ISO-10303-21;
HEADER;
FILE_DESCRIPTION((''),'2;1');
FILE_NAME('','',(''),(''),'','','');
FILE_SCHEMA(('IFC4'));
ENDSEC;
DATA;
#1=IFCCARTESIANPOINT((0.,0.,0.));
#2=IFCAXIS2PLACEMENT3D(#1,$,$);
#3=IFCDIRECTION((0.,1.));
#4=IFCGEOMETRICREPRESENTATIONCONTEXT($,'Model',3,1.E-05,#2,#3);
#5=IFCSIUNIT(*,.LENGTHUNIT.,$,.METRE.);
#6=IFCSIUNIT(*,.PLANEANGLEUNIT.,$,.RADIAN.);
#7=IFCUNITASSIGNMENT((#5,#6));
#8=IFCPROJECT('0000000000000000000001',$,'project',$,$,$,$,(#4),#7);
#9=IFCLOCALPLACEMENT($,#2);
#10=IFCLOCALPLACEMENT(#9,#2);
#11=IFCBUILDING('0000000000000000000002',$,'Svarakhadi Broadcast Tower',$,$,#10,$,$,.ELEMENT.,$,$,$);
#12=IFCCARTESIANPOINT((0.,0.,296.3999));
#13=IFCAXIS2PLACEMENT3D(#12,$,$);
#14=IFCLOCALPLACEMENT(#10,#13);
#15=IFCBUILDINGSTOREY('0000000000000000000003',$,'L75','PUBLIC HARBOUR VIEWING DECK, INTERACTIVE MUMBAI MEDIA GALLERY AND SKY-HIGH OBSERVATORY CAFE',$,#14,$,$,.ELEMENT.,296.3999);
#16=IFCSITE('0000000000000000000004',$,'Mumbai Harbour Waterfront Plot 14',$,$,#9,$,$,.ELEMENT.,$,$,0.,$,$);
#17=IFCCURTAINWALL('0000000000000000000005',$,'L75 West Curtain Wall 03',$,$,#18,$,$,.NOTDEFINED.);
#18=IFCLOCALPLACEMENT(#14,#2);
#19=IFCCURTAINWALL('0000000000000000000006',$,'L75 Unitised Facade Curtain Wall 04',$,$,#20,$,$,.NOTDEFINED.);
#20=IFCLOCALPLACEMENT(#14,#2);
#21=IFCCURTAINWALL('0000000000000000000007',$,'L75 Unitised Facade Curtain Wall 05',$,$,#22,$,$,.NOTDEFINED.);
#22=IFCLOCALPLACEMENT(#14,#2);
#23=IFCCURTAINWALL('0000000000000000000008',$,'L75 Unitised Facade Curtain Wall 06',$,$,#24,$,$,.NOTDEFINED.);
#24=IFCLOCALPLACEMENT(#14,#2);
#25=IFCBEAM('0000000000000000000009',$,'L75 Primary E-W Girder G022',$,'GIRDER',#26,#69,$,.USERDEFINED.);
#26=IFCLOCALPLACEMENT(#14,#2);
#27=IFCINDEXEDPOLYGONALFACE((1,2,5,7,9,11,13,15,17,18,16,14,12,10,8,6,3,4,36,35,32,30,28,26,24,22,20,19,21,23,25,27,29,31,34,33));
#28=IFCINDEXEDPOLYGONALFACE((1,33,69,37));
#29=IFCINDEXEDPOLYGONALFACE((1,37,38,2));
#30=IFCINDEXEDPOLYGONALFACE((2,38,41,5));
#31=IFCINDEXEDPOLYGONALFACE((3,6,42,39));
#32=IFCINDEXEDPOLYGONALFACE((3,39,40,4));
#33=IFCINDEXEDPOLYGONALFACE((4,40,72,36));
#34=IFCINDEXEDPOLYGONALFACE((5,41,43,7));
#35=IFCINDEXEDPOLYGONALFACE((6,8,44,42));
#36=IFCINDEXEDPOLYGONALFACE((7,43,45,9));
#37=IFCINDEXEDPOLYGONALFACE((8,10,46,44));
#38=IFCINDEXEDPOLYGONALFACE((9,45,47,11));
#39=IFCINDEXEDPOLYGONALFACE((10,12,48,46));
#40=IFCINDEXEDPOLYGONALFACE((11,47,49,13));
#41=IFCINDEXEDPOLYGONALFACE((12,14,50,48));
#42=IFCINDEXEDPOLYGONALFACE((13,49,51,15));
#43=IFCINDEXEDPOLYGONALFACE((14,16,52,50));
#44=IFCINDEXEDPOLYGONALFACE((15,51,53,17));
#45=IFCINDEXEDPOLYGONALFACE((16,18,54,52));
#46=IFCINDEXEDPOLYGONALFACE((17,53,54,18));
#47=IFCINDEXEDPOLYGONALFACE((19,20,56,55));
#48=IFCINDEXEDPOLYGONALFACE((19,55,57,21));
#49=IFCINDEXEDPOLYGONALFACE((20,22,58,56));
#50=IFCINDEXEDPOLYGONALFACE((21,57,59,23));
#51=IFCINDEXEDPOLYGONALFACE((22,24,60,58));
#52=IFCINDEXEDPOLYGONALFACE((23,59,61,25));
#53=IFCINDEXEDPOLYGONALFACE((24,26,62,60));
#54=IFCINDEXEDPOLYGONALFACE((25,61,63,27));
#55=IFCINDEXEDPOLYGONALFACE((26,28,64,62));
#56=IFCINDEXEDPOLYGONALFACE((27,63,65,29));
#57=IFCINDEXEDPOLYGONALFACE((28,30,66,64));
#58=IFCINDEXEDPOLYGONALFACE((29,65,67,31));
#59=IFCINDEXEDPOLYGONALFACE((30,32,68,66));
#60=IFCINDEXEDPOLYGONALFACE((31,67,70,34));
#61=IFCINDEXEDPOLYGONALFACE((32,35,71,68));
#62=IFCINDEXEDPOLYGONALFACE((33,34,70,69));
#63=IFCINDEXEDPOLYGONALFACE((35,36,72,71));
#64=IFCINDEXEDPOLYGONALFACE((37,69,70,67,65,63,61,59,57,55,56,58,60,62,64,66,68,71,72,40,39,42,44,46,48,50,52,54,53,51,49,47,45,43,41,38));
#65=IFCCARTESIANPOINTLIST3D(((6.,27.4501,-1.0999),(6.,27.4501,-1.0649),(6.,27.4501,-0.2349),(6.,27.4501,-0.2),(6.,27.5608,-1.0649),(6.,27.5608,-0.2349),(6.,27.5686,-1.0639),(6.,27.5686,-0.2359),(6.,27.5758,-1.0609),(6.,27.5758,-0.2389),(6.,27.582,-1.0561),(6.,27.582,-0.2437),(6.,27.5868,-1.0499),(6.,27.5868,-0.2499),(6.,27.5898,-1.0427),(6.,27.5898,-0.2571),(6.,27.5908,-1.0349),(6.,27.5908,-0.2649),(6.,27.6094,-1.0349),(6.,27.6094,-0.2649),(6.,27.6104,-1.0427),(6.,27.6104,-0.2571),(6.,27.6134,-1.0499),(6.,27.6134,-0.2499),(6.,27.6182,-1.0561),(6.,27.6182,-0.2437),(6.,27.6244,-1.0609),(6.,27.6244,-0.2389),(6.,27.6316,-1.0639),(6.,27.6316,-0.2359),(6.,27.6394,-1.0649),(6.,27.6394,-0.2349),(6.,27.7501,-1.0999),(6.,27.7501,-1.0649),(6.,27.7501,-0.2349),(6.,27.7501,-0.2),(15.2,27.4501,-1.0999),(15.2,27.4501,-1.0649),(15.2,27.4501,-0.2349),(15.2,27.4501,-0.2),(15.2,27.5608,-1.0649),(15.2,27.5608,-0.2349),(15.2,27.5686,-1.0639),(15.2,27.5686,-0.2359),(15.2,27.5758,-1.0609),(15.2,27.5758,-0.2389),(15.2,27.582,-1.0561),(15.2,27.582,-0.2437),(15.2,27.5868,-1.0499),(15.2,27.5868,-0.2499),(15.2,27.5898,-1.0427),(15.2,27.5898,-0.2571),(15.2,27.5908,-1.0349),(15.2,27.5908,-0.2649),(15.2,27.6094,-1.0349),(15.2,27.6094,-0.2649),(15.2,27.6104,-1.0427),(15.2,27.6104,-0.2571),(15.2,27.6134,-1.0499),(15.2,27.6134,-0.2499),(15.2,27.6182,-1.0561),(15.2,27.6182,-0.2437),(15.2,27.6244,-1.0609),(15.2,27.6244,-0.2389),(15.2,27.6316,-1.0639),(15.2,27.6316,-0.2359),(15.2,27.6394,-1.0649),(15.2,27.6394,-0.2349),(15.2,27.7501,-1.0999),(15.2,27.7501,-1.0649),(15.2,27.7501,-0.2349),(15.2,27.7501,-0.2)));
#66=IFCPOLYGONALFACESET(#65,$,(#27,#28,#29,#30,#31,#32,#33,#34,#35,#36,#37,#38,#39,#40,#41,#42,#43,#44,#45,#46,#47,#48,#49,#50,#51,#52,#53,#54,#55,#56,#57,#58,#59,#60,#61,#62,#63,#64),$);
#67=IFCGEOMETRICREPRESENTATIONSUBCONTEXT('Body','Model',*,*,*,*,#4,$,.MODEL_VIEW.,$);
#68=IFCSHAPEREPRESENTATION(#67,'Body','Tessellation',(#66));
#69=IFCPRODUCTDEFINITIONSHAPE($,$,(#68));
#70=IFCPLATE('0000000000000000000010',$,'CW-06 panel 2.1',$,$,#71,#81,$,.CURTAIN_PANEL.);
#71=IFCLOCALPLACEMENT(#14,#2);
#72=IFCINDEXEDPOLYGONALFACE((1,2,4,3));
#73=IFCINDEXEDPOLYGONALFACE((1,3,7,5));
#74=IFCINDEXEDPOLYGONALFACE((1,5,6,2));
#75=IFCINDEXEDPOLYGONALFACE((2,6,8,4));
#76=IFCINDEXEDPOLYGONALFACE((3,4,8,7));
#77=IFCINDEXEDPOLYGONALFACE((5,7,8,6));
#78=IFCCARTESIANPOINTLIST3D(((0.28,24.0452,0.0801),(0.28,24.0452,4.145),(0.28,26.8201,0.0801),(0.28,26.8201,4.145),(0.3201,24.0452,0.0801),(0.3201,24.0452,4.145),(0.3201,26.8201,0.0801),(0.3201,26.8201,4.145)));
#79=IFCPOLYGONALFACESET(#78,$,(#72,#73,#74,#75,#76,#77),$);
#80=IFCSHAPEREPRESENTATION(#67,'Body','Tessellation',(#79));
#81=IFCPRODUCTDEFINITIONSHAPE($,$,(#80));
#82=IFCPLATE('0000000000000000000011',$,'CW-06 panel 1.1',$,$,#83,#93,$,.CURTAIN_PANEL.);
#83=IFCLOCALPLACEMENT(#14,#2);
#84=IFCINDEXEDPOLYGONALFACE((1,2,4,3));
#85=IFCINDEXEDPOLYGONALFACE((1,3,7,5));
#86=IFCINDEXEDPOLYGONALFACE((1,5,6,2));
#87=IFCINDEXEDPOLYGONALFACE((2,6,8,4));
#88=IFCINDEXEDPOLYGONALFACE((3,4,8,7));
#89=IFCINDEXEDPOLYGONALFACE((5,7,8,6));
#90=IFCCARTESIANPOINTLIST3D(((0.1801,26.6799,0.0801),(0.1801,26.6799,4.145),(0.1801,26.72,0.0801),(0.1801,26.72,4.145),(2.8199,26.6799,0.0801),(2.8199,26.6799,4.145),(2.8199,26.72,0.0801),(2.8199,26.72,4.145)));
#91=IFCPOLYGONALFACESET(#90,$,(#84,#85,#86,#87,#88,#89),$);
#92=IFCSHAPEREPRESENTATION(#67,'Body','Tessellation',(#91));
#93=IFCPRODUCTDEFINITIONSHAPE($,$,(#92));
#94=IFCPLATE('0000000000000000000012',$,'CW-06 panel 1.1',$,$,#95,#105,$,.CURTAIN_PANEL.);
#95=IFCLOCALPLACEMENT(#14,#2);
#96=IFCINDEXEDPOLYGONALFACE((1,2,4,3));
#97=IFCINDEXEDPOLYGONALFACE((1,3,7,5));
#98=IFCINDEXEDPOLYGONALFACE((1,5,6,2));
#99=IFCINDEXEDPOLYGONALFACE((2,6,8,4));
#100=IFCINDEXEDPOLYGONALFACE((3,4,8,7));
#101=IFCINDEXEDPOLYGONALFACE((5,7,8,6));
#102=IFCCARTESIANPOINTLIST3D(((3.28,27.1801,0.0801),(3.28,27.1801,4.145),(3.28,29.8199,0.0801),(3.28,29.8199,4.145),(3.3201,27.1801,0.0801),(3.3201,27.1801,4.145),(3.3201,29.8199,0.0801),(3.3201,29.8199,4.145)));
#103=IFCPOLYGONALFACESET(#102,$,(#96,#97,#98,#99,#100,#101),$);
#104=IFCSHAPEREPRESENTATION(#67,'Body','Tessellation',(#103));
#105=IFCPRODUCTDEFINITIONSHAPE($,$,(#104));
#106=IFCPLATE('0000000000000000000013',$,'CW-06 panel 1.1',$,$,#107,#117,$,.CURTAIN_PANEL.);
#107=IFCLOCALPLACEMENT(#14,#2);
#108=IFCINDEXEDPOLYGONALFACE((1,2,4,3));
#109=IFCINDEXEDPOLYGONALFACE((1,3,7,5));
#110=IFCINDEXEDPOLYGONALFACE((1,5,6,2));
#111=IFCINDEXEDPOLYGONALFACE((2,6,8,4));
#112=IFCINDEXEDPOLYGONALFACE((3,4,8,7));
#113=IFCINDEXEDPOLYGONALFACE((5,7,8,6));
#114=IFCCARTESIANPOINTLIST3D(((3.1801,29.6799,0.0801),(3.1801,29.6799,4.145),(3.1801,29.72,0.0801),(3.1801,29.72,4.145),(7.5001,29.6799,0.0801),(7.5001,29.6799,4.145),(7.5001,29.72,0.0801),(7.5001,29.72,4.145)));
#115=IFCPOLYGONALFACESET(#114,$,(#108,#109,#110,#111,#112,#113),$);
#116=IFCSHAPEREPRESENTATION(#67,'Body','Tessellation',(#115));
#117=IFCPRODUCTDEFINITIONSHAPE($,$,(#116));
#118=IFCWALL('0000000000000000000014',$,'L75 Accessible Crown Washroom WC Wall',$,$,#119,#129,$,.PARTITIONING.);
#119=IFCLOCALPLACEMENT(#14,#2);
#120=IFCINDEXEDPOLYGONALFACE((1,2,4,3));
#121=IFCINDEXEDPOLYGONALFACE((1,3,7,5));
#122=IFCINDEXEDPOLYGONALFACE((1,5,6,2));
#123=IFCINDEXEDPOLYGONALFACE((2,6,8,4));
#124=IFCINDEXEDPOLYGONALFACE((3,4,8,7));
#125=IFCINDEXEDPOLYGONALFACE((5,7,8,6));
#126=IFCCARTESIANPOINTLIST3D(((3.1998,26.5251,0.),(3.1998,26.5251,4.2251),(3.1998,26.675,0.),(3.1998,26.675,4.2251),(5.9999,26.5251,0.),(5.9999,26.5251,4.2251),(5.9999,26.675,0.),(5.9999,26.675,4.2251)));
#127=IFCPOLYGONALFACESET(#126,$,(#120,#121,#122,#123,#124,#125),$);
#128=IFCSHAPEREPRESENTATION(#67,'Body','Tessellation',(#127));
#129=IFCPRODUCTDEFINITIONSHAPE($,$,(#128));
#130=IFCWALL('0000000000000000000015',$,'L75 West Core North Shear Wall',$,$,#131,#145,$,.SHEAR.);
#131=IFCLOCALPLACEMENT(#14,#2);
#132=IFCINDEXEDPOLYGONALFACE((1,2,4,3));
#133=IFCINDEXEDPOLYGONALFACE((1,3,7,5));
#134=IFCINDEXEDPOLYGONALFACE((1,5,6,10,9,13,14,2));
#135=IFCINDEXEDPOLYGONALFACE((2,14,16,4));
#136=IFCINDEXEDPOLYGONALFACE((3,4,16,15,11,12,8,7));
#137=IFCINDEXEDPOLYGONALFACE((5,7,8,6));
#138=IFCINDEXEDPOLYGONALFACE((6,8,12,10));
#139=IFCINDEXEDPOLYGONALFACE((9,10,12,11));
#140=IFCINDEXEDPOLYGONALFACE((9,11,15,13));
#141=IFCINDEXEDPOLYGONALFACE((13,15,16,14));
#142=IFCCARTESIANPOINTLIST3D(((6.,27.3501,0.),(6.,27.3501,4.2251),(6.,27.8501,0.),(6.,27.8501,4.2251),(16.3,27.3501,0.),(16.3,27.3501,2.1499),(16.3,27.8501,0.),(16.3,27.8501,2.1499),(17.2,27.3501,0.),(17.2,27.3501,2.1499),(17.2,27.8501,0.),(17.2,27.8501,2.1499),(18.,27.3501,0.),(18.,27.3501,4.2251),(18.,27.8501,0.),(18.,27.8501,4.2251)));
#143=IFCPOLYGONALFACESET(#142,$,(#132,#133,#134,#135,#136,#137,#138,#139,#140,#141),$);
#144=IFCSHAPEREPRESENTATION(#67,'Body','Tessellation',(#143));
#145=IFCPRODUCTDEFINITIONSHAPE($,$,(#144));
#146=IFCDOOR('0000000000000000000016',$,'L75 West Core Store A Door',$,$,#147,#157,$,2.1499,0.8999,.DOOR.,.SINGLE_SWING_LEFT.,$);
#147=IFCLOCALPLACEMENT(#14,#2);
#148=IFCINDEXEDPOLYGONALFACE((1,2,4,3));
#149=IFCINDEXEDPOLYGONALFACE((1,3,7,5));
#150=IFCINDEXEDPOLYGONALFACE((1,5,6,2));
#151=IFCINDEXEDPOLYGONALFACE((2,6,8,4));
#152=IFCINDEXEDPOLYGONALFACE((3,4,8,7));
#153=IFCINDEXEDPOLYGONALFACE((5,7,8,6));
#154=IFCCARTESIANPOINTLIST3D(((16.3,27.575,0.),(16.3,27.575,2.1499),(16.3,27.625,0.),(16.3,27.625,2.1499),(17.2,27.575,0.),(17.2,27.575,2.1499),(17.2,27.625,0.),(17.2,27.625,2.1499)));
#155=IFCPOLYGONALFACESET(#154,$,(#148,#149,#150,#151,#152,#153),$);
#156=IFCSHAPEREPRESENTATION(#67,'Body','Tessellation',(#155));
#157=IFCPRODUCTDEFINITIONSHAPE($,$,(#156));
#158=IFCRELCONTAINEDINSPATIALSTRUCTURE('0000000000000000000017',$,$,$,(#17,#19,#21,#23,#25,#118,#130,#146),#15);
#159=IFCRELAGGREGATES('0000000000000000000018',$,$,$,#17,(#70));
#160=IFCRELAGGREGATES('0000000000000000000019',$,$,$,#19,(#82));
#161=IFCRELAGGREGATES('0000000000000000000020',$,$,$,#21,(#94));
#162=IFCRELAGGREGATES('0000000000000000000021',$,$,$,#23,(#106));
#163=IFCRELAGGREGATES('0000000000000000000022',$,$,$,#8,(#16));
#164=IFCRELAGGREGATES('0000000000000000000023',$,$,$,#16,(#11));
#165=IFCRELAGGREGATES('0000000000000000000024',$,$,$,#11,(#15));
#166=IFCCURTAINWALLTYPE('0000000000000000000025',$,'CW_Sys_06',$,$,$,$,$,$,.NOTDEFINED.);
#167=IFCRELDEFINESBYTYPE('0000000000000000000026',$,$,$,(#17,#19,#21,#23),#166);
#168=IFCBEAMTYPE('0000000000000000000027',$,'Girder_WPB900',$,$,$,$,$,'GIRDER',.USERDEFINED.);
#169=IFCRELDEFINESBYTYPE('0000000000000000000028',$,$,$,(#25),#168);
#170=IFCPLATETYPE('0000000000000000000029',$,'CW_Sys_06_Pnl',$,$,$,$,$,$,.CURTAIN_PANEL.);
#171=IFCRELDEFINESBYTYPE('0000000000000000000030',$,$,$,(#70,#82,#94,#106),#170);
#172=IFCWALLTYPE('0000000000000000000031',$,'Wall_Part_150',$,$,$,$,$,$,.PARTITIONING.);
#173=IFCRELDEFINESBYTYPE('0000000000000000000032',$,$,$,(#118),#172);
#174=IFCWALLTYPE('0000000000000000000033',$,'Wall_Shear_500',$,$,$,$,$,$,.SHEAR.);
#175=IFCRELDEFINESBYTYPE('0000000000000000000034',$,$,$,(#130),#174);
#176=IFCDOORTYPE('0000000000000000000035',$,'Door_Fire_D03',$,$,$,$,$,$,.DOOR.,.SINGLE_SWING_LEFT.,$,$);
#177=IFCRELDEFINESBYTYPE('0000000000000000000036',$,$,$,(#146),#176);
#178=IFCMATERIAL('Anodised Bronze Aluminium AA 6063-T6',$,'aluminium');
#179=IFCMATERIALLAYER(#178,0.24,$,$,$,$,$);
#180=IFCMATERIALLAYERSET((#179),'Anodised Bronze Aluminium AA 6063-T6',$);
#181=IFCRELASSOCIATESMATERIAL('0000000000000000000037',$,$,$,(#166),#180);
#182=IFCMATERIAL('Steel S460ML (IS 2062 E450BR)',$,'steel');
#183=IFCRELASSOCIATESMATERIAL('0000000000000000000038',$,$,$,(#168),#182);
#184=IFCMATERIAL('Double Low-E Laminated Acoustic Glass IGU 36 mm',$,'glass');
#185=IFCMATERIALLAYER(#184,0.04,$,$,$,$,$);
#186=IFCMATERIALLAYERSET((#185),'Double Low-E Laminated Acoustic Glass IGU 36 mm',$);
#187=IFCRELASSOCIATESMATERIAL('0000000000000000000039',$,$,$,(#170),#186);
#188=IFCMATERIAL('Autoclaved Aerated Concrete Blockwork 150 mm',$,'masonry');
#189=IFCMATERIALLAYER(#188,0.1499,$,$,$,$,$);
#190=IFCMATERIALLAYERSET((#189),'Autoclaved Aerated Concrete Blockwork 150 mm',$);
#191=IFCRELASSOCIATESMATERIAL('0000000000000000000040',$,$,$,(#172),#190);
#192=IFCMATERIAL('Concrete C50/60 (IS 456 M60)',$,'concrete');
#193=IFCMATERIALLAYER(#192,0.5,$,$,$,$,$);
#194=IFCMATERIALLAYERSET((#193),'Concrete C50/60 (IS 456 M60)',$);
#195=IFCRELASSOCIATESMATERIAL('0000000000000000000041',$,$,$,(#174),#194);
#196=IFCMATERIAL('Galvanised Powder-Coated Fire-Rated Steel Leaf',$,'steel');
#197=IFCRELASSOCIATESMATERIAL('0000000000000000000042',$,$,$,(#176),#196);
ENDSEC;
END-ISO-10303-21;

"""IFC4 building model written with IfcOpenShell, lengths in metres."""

from ifc_helpers import new_model, si_unit, direction, frame, frame_2d, origin, origin_2d, place, context, subcontext, project, spatial, rectangle, i_section, extrude, material, layer, layer_set, material_profile, profile_set, type_object, element, fill, aggregate, save


model = new_model("IFC4")

# Units and contexts
model_context = context("Model", 3, precision=1e-05, world=origin(), true_north=direction((0.0, 1.0)))
body_context = subcontext(model_context, "Body", "Model", "MODEL_VIEW")
ifc_project = project(units=[si_unit("LENGTHUNIT", "METRE"), si_unit("PLANEANGLEUNIT", "RADIAN")], contexts=[model_context])

# Site, building, storey
site_placement = place(None, origin())
site = spatial("IfcSite", under=ifc_project, at=site_placement, Name="Mumbai Harbour Waterfront Plot 14", CompositionType="ELEMENT", RefElevation=0.0)
building_placement = place(site_placement, origin())
building = spatial("IfcBuilding", under=site, at=building_placement, Name="Svarakhadi Broadcast Tower", CompositionType="ELEMENT")
storey_placement = place(building_placement, frame((0.0, 0.0, 296.3999)))
storey = spatial("IfcBuildingStorey", under=building, at=storey_placement, Name="L75", Description="PUBLIC HARBOUR VIEWING DECK, INTERACTIVE MUMBAI MEDIA GALLERY AND SKY-HIGH OBSERVATORY CAFE", CompositionType="ELEMENT", Elevation=296.3999)

# Shared definitions
ifc_material_1 = material(Name="Concrete C50/60 (IS 456 M60)", Category="concrete")
ifc_material_2 = material(Name="Steel S460ML (IS 2062 E450BR)", Category="steel")

# Curtain wall
ifc_material_3 = material(Name="Anodised Bronze Aluminium AA 6063-T6", Category="aluminium")
ifc_layer_1 = layer(ifc_material_3, 0.24)
ifc_layer_set_1 = layer_set([ifc_layer_1], Name="Anodised Bronze Aluminium AA 6063-T6")
curtain_wall_type = type_object("IfcCurtainWallType", Name="CW_Sys_06", PredefinedType="NOTDEFINED", material=ifc_layer_set_1)
curtain_wall_1_placement = place(storey_placement, origin())
curtain_wall_1 = element("IfcCurtainWall", 1, at=curtain_wall_1_placement, inside=storey, type_object=curtain_wall_type, Name="L75 West Curtain Wall 03", PredefinedType="NOTDEFINED")

# Curtain walls
curtain_wall_2_placement = place(storey_placement, origin())
curtain_wall_2 = element("IfcCurtainWall", 2, at=curtain_wall_2_placement, inside=storey, type_object=curtain_wall_type, Name="L75 Unitised Facade Curtain Wall 04", PredefinedType="NOTDEFINED")
curtain_wall_3_placement = place(storey_placement, origin())
curtain_wall_3 = element("IfcCurtainWall", 3, at=curtain_wall_3_placement, inside=storey, type_object=curtain_wall_type, Name="L75 Unitised Facade Curtain Wall 05", PredefinedType="NOTDEFINED")

# Curtain wall
curtain_wall_4_placement = place(storey_placement, origin())
curtain_wall_4 = element("IfcCurtainWall", 4, at=curtain_wall_4_placement, inside=storey, type_object=curtain_wall_type, Name="L75 Unitised Facade Curtain Wall 06", PredefinedType="NOTDEFINED")

# Beam
ifc_material_profile_1 = material_profile(ifc_material_2, i_section(OverallWidth=0.3, OverallDepth=0.8999, WebThickness=0.0186, FlangeThickness=0.0349, FilletRadius=0.03, at=origin_2d()), Name="WPB 900x300x291")
ifc_profile_set_1 = profile_set([ifc_material_profile_1], Name="Steel S460ML (IS 2062 E450BR)")
beam_type_1 = type_object("IfcBeamType", Name="Girder_WPB900", ElementType="GIRDER", PredefinedType="USERDEFINED", material=ifc_profile_set_1)
beam_1_placement = place(storey_placement, frame((6.0, 27.6001, -0.6499), z_axis=(1.0, 0.0, 0.0), x_axis=(0.0, 1.0, 0.0)))
element("IfcBeam", 5, at=beam_1_placement, inside=storey, type_object=beam_type_1, Name="L75 Primary E-W Girder G022", ObjectType="GIRDER", PredefinedType="USERDEFINED", context=body_context, shape_type="SweptSolid", body=[
    extrude(i_section(OverallWidth=0.3, OverallDepth=0.8999, WebThickness=0.0186, FlangeThickness=0.0349, FilletRadius=0.03, at=origin_2d()), origin(), (0.0, 0.0, 1.0), 9.2),
])

# Plates
ifc_material_4 = material(Name="Double Low-E Laminated Acoustic Glass IGU 36 mm", Category="glass")
ifc_layer_2 = layer(ifc_material_4, 0.04)
ifc_layer_set_2 = layer_set([ifc_layer_2], Name="Double Low-E Laminated Acoustic Glass IGU 36 mm")
plate_type = type_object("IfcPlateType", Name="CW_Sys_06_Pnl", PredefinedType="CURTAIN_PANEL", material=ifc_layer_set_2)
plate_1_placement = place(storey_placement, frame((0.3, 25.4326, 0.0801), z_axis=(0.0, 0.0, 1.0), x_axis=(0.0, 1.0, 0.0)))
plate_1 = element("IfcPlate", 6, at=plate_1_placement, type_object=plate_type, Name="CW-06 panel 2.1", PredefinedType="CURTAIN_PANEL", context=body_context, shape_type="SweptSolid", body=[
    extrude(rectangle(XDim=2.7749, YDim=0.04, at=origin_2d()), origin(), (0.0, 0.0, 1.0), 4.0649),
])
aggregate(curtain_wall_1, [plate_1])
plate_2_placement = place(storey_placement, frame((1.5, 26.7, 0.0801), z_axis=(0.0, 0.0, 1.0), x_axis=(1.0, 0.0, 0.0)))
plate_2 = element("IfcPlate", 7, at=plate_2_placement, type_object=plate_type, Name="CW-06 panel 1.1", PredefinedType="CURTAIN_PANEL", context=body_context, shape_type="SweptSolid", body=[
    extrude(rectangle(XDim=2.6399, YDim=0.04, at=origin_2d()), origin(), (0.0, 0.0, 1.0), 4.0649),
])
aggregate(curtain_wall_2, [plate_2])
plate_3_placement = place(storey_placement, frame((3.3, 28.5, 0.0801), z_axis=(0.0, 0.0, 1.0), x_axis=(0.0, 1.0, 0.0)))
plate_3 = element("IfcPlate", 8, at=plate_3_placement, type_object=plate_type, Name="CW-06 panel 1.1", PredefinedType="CURTAIN_PANEL", context=body_context, shape_type="SweptSolid", body=[
    extrude(rectangle(XDim=2.6399, YDim=0.04, at=origin_2d()), origin(), (0.0, 0.0, 1.0), 4.0649),
])
aggregate(curtain_wall_3, [plate_3])
plate_4_placement = place(storey_placement, frame((5.3401, 29.7, 0.0801), z_axis=(0.0, 0.0, 1.0), x_axis=(1.0, 0.0, 0.0)))
plate_4 = element("IfcPlate", 9, at=plate_4_placement, type_object=plate_type, Name="CW-06 panel 1.1", PredefinedType="CURTAIN_PANEL", context=body_context, shape_type="SweptSolid", body=[
    extrude(rectangle(XDim=4.3201, YDim=0.04, at=origin_2d()), origin(), (0.0, 0.0, 1.0), 4.0649),
])
aggregate(curtain_wall_4, [plate_4])

# Wall
ifc_material_5 = material(Name="Autoclaved Aerated Concrete Blockwork 150 mm", Category="masonry")
ifc_layer_3 = layer(ifc_material_5, 0.1499)
ifc_layer_set_3 = layer_set([ifc_layer_3], Name="Autoclaved Aerated Concrete Blockwork 150 mm")
wall_type_1 = type_object("IfcWallType", Name="Wall_Part_150", PredefinedType="PARTITIONING", material=ifc_layer_set_3)
wall_1_placement = place(storey_placement, frame((3.2, 26.6001, 0.0), z_axis=(0.0, 0.0, 1.0), x_axis=(1.0, 0.0, 0.0)))
element("IfcWall", 10, at=wall_1_placement, inside=storey, type_object=wall_type_1, Name="L75 Accessible Crown Washroom WC Wall", PredefinedType="PARTITIONING", context=body_context, shape_type="SweptSolid", body=[
    extrude(rectangle(XDim=2.8, YDim=0.1499, at=frame_2d((1.3999, 0.0))), origin(), (0.0, 0.0, 1.0), 4.2251),
])

# Wall, opening, door
ifc_layer_4 = layer(ifc_material_1, 0.5)
ifc_layer_set_4 = layer_set([ifc_layer_4], Name="Concrete C50/60 (IS 456 M60)")
wall_type_2 = type_object("IfcWallType", Name="Wall_Shear_500", PredefinedType="SHEAR", material=ifc_layer_set_4)
wall_2_placement = place(storey_placement, frame((6.0, 27.6001, 0.0), z_axis=(0.0, 0.0, 1.0), x_axis=(1.0, 0.0, 0.0)))
wall_2 = element("IfcWall", 11, at=wall_2_placement, inside=storey, type_object=wall_type_2, Name="L75 West Core North Shear Wall", PredefinedType="SHEAR", context=body_context, shape_type="SweptSolid", body=[
    extrude(rectangle(XDim=12.0, YDim=0.5, at=frame_2d((6.0, 0.0))), origin(), (0.0, 0.0, 1.0), 4.2251),
])
opening_placement = place(wall_2_placement, frame((10.3, 0.0, 0.0)))
opening = element("IfcOpeningElement", 12, at=opening_placement, cuts=wall_2, PredefinedType="OPENING", context=body_context, shape_type="SweptSolid", body=[
    extrude(rectangle(XDim=0.8999, YDim=2.1499, at=frame_2d((0.45, 1.075))), frame((0.0, 0.26, 0.0), z_axis=(0.0, -1.0, 0.0), x_axis=(1.0, 0.0, 0.0)), (0.0, 0.0, 1.0), 0.52),
])
ifc_material_6 = material(Name="Galvanised Powder-Coated Fire-Rated Steel Leaf", Category="steel")
door_type = type_object("IfcDoorType", Name="Door_Fire_D03", OperationType="SINGLE_SWING_LEFT", PredefinedType="DOOR", material=ifc_material_6)
door_placement = place(opening_placement, origin())
door = element("IfcDoor", 13, at=door_placement, inside=storey, type_object=door_type, Name="L75 West Core Store A Door", OperationType="SINGLE_SWING_LEFT", OverallHeight=2.1499, OverallWidth=0.8999, PredefinedType="DOOR", context=body_context, shape_type="SweptSolid", body=[
    extrude(rectangle(XDim=0.8999, YDim=2.1499, at=frame_2d((0.45, 1.075))), frame((0.0, 0.0249, 0.0), z_axis=(0.0, -1.0, 0.0), x_axis=(1.0, 0.0, 0.0)), (0.0, 0.0, 1.0), 0.05),
])
fill(opening, door)

save(model, "model.ifc")
